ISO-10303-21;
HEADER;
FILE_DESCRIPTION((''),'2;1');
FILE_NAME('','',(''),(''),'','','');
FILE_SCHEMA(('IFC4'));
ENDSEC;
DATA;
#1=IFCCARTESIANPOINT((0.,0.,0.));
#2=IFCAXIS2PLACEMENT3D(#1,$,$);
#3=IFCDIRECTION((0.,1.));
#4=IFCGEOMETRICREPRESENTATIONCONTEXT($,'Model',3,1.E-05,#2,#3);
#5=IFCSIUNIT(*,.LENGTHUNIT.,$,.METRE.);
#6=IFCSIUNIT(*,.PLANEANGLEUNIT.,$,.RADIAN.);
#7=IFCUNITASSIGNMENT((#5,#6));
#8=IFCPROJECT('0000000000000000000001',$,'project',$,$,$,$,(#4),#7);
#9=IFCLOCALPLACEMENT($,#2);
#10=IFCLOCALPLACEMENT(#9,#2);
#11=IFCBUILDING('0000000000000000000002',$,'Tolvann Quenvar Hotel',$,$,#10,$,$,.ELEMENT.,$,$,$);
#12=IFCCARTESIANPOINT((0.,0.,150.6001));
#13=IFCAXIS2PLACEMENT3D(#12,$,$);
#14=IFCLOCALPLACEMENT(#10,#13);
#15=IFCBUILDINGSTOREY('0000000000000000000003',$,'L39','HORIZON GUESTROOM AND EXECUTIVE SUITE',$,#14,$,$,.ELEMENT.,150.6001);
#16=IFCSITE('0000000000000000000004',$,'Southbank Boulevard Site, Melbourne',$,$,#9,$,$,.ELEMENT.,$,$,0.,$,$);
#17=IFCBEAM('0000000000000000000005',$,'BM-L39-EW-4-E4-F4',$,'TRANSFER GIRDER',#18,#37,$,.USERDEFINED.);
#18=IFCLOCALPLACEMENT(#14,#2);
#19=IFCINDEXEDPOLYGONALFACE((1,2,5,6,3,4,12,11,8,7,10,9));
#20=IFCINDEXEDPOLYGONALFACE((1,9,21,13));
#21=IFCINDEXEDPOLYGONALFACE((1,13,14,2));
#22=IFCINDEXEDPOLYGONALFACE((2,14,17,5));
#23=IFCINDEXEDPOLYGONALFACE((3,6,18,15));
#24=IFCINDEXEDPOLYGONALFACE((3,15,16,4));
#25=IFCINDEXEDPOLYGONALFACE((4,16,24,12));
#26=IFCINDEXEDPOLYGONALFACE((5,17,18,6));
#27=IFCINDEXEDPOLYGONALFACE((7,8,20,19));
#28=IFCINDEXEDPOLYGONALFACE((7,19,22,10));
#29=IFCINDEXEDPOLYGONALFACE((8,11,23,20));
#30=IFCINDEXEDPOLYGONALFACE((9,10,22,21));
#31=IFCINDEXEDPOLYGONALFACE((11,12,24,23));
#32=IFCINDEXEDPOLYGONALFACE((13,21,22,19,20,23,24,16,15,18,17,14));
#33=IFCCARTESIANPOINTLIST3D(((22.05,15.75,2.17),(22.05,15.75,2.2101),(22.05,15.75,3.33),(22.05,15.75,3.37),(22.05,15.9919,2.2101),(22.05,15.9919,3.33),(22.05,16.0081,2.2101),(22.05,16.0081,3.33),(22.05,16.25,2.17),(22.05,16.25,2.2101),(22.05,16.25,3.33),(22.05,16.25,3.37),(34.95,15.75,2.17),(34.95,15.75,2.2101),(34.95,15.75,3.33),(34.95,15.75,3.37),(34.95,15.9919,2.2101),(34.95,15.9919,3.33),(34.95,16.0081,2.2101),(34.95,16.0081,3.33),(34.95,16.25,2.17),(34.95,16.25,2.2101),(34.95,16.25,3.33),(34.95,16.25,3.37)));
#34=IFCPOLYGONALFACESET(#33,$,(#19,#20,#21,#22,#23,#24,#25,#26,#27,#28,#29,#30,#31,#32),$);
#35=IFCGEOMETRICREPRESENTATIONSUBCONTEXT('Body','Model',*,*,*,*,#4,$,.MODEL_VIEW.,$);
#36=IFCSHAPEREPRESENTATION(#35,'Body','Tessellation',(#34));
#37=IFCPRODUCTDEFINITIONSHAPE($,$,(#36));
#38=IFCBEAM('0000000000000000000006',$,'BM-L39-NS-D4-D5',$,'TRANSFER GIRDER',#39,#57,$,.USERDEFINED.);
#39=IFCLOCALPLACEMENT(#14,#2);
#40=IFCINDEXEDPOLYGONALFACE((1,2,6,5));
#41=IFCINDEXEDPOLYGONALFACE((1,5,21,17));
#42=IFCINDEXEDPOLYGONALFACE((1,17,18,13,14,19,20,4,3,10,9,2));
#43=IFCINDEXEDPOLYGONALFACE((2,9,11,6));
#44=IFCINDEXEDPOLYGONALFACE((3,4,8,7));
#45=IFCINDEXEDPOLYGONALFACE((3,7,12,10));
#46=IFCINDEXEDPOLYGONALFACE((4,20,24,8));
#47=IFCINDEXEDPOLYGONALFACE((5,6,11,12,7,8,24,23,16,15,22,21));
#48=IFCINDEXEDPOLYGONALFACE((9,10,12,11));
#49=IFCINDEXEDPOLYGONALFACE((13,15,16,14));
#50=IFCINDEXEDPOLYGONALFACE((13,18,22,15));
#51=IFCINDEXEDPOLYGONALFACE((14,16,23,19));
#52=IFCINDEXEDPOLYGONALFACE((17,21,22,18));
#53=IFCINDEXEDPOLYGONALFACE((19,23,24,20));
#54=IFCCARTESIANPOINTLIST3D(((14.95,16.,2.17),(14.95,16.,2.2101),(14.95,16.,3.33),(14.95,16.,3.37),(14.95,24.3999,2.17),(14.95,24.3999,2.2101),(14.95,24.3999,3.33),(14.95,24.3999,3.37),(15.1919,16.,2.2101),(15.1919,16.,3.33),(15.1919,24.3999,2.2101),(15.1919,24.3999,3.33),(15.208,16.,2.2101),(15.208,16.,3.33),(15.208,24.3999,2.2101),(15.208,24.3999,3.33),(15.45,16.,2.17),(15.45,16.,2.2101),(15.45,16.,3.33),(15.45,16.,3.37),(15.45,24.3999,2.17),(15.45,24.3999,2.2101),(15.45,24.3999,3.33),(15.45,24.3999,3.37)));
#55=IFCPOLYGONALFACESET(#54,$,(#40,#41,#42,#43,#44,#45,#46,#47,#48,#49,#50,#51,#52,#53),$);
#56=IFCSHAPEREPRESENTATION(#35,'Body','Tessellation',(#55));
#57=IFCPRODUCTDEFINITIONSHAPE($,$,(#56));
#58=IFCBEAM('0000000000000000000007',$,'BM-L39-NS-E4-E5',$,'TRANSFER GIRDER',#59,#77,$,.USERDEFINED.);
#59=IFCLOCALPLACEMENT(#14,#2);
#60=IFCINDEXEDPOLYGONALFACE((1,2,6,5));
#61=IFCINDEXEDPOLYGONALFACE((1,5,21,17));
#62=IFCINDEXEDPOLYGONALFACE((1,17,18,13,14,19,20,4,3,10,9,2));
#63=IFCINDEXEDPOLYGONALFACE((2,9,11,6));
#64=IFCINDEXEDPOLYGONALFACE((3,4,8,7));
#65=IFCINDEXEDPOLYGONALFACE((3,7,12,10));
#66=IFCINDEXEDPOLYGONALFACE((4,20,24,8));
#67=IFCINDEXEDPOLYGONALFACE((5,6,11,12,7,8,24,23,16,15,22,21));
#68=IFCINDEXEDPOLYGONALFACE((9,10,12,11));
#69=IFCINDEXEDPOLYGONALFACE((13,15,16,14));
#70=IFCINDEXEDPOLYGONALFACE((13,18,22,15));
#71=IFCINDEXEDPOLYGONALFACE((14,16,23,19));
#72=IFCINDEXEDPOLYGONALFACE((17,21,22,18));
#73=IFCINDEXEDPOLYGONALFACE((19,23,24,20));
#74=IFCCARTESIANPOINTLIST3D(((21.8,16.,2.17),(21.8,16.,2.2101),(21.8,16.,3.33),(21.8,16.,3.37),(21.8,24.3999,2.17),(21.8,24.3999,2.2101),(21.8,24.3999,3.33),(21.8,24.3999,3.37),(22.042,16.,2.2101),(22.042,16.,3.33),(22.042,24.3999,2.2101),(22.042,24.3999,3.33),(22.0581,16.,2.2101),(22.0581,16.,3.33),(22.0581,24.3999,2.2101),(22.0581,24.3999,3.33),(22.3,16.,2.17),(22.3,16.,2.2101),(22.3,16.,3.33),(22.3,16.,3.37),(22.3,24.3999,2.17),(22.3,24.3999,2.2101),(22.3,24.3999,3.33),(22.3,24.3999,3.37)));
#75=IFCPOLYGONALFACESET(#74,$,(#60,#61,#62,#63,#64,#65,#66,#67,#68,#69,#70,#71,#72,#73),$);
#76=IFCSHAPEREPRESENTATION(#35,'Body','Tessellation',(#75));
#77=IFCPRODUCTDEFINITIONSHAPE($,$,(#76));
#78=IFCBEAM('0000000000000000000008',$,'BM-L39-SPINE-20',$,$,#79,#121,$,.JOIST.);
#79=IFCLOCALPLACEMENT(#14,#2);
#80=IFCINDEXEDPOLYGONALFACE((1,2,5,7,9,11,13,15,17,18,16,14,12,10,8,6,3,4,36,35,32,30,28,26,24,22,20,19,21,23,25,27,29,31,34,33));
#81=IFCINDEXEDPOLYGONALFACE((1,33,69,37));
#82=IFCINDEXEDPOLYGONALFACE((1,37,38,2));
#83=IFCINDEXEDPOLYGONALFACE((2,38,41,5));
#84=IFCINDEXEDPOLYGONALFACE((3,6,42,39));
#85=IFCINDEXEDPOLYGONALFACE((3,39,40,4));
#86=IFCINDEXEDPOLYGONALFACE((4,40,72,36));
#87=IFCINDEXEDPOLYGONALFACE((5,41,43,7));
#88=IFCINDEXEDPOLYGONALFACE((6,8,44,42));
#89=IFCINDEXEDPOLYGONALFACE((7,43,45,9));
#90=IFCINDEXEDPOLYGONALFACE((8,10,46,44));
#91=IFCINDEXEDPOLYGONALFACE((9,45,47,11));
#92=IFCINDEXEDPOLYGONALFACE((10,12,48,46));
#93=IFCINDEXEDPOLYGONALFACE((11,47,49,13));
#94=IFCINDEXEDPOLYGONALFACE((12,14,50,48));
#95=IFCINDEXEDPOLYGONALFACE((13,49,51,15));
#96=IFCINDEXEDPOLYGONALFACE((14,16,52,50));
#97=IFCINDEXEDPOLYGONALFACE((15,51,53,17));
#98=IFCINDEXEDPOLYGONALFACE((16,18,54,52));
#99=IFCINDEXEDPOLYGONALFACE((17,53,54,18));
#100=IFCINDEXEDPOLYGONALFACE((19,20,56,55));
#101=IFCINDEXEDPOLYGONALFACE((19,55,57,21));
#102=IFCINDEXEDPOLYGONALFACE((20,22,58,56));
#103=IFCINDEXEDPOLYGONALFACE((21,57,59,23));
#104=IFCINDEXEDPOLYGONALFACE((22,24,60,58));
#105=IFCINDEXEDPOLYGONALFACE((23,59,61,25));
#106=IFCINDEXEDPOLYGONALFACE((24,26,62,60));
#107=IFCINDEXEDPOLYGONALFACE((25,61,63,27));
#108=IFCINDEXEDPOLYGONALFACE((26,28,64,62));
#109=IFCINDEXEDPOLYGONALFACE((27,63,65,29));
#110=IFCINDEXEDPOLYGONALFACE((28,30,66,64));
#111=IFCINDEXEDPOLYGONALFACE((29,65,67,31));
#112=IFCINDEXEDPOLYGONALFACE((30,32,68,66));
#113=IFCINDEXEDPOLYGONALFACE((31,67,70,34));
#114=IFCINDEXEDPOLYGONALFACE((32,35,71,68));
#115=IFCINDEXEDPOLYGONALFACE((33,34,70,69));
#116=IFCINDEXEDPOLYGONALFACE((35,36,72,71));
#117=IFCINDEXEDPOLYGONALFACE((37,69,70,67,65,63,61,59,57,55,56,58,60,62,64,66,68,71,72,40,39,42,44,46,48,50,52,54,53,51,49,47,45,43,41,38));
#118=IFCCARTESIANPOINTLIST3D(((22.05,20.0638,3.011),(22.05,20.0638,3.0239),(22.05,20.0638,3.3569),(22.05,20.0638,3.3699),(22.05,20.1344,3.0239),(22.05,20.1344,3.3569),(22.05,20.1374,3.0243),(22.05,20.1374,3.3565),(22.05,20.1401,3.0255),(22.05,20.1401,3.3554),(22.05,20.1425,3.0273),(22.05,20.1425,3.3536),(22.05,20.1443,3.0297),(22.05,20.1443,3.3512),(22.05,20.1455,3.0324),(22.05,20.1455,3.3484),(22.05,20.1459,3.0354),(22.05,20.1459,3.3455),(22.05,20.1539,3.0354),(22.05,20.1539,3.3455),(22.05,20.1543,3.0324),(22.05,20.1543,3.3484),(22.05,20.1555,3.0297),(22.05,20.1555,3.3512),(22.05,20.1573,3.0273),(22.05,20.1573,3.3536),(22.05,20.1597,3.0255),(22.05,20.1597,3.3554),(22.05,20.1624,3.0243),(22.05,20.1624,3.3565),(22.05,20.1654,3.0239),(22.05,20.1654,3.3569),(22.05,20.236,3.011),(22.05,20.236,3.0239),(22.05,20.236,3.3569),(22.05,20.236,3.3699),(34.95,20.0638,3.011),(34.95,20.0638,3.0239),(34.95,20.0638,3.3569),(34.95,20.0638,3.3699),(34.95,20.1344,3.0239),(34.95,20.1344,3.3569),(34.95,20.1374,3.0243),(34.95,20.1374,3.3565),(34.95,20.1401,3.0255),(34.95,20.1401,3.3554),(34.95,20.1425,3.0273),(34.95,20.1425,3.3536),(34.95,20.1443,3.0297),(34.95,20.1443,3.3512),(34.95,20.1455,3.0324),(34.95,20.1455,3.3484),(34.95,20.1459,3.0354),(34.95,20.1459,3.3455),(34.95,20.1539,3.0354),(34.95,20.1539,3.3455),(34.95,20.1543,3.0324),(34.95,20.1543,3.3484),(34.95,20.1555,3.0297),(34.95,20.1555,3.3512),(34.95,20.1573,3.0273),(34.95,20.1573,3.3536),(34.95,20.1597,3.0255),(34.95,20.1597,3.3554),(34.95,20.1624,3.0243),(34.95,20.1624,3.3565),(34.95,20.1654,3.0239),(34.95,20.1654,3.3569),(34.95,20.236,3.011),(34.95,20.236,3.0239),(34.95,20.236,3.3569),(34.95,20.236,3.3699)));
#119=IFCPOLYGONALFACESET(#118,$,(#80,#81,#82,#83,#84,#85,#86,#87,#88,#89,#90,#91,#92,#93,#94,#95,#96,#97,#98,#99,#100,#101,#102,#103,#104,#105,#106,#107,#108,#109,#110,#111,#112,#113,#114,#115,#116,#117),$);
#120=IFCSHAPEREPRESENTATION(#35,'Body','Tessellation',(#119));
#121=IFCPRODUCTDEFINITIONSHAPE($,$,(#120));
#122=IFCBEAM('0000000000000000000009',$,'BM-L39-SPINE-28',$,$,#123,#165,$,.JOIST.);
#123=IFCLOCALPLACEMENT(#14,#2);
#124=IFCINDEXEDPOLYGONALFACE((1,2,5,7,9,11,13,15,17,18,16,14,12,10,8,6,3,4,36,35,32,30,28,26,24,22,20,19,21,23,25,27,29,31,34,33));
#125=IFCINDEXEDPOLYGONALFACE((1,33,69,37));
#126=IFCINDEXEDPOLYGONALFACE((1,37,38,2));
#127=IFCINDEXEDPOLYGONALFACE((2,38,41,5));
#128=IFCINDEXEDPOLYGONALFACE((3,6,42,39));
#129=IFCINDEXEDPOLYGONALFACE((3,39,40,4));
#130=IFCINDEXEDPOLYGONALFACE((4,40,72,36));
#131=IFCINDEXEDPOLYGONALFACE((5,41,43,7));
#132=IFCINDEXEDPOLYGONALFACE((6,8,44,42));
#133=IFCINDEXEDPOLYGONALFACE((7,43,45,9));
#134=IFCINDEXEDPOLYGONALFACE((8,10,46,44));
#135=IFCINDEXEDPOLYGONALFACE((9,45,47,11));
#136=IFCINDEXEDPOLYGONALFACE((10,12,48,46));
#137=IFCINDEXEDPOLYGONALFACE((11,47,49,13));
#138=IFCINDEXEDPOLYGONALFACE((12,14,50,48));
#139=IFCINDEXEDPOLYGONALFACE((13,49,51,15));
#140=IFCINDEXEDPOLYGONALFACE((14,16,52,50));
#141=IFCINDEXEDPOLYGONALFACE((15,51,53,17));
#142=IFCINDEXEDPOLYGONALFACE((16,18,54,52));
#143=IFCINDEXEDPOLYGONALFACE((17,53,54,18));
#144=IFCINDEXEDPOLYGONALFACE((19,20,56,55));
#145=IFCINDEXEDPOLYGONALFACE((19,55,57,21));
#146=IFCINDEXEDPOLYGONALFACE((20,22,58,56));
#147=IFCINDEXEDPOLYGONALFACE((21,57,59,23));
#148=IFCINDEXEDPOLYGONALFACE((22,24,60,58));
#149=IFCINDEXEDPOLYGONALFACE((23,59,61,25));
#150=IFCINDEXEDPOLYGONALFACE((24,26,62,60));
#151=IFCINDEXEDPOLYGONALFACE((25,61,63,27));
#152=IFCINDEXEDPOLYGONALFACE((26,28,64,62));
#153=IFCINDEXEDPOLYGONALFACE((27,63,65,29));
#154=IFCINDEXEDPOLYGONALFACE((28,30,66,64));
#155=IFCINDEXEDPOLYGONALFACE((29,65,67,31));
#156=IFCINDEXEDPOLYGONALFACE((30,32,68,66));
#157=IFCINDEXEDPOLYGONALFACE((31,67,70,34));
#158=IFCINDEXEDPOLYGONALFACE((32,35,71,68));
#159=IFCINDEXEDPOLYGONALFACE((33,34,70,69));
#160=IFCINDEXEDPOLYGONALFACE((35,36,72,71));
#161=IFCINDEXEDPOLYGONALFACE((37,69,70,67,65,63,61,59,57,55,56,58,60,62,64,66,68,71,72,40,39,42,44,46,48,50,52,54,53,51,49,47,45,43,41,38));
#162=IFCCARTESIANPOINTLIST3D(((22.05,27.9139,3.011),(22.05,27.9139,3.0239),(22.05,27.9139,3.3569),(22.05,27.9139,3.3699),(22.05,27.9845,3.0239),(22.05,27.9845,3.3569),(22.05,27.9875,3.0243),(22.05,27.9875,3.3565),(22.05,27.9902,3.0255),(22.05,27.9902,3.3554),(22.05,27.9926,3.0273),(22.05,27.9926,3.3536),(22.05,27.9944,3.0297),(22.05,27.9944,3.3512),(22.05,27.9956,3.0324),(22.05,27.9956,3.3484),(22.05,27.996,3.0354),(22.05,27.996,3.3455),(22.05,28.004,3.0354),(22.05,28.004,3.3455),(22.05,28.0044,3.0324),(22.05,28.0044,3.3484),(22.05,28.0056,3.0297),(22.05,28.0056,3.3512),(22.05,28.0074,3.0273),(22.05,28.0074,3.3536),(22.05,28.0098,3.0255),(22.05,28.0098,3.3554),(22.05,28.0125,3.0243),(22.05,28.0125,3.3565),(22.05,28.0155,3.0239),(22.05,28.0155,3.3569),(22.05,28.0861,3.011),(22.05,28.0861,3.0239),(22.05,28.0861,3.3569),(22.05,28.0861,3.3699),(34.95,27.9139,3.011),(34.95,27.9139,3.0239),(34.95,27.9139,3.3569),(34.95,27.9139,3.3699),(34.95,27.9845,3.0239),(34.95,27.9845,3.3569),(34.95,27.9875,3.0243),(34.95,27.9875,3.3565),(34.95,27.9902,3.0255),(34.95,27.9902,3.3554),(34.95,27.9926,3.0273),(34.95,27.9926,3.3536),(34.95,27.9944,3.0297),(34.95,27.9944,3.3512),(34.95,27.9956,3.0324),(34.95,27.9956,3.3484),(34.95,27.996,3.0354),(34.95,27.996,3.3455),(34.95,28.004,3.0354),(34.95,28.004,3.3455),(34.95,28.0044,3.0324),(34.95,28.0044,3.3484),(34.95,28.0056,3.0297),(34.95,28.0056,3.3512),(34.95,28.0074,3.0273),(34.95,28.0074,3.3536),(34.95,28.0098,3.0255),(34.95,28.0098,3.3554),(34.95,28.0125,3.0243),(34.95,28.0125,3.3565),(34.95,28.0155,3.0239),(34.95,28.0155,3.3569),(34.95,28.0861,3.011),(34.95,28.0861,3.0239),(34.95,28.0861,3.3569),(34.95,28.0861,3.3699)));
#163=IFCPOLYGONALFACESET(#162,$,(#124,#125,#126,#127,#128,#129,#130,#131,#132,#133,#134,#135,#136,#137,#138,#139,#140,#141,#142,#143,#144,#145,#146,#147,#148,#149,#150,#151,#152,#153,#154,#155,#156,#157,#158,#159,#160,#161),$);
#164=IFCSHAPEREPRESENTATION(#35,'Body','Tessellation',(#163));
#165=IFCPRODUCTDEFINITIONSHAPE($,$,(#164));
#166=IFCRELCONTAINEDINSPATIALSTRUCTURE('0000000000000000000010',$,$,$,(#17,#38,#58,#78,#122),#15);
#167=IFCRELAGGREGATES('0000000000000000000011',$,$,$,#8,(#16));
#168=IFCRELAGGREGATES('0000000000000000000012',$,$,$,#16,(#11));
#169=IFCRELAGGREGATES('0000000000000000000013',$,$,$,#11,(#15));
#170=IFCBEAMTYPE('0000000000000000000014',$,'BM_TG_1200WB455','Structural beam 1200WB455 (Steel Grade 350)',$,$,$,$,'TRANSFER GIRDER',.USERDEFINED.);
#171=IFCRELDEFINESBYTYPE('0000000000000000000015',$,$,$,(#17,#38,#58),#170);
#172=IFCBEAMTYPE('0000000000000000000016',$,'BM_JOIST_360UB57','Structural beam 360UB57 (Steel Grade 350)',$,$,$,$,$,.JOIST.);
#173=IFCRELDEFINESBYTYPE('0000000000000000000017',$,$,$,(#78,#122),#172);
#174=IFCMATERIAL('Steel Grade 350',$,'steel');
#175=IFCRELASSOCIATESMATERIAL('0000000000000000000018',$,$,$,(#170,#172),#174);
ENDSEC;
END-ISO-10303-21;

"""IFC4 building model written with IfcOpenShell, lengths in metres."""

from ifc_helpers import new_model, si_unit, direction, frame, origin, origin_2d, place, context, subcontext, project, spatial, i_section, extrude, source, transform, mapped, material, material_profile, profile_set, type_object, element, save


model = new_model("IFC4")

# Units and contexts
model_context = context("Model", 3, precision=1e-05, world=origin(), true_north=direction((0.0, 1.0)))
body_context = subcontext(model_context, "Body", "Model", "MODEL_VIEW")
ifc_project = project(units=[si_unit("LENGTHUNIT", "METRE"), si_unit("PLANEANGLEUNIT", "RADIAN")], contexts=[model_context])

# Site, building, storey
site_placement = place(None, origin())
site = spatial("IfcSite", under=ifc_project, at=site_placement, Name="Southbank Boulevard Site, Melbourne", CompositionType="ELEMENT", RefElevation=0.0)
building_placement = place(site_placement, origin())
building = spatial("IfcBuilding", under=site, at=building_placement, Name="Tolvann Quenvar Hotel", CompositionType="ELEMENT")
storey_placement = place(building_placement, frame((0.0, 0.0, 150.6001)))
storey = spatial("IfcBuildingStorey", under=building, at=storey_placement, Name="L39", Description="HORIZON GUESTROOM AND EXECUTIVE SUITE", CompositionType="ELEMENT", Elevation=150.6001)

# Shared definitions
ifc_material_1 = material(Name="Steel Grade 350", Category="steel")

# Beams
ifc_material_profile_1 = material_profile(ifc_material_1, i_section(OverallWidth=0.5, OverallDepth=1.2, WebThickness=0.0161, FlangeThickness=0.04, at=origin_2d()), Name="1200WB455")
ifc_profile_set_1 = profile_set([ifc_material_profile_1], Name="Steel Grade 350")
beam_type_1 = type_object("IfcBeamType", Name="BM_TG_1200WB455", Description="Structural beam 1200WB455 (Steel Grade 350)", ElementType="TRANSFER GIRDER", PredefinedType="USERDEFINED", material=ifc_profile_set_1)
shared_shape_1 = source(origin(), body_context, "Body", "SweptSolid", [
    extrude(i_section(OverallWidth=0.5, OverallDepth=1.2, WebThickness=0.0161, FlangeThickness=0.04, at=origin_2d()), origin(), (0.0, 0.0, 1.0), 12.8999),
])
beam_1_placement = place(storey_placement, frame((22.05, 16.0, 2.77), z_axis=(1.0, 0.0, 0.0), x_axis=(0.0, 1.0, 0.0)))
element("IfcBeam", 1, at=beam_1_placement, inside=storey, type_object=beam_type_1, Name="BM-L39-EW-4-E4-F4", ObjectType="TRANSFER GIRDER", PredefinedType="USERDEFINED", context=body_context, shape_type="MappedRepresentation", body=[
    mapped(shared_shape_1, transform((0.0, 0.0, 0.0), x_axis=(1.0, 0.0, 0.0), y_axis=(0.0, 1.0, 0.0), z_axis=(0.0, 0.0, 1.0), scale=1.0)),
])
shared_shape_2 = source(origin(), body_context, "Body", "SweptSolid", [
    extrude(i_section(OverallWidth=0.5, OverallDepth=1.2, WebThickness=0.0161, FlangeThickness=0.04, at=origin_2d()), origin(), (0.0, 0.0, 1.0), 8.3999),
])
for number, where, z_axis, x_axis, name in (
    (2, (15.2, 16.0, 2.77), (0.0, 1.0, 0.0), (-1.0, 0.0, 0.0), "BM-L39-NS-D4-D5"),
    (3, (22.05, 16.0, 2.77), (0.0, 1.0, 0.0), (-1.0, 0.0, 0.0), "BM-L39-NS-E4-E5"),
):
    element("IfcBeam", number, at=place(storey_placement, frame(where, z_axis=z_axis, x_axis=x_axis)), inside=storey, type_object=beam_type_1, Name=name, ObjectType="TRANSFER GIRDER", PredefinedType="USERDEFINED", context=body_context, shape_type="MappedRepresentation", body=[
        mapped(shared_shape_2, transform((0.0, 0.0, 0.0), x_axis=(1.0, 0.0, 0.0), y_axis=(0.0, 1.0, 0.0), z_axis=(0.0, 0.0, 1.0), scale=1.0)),
    ])
ifc_material_profile_2 = material_profile(ifc_material_1, i_section(OverallWidth=0.1721, OverallDepth=0.3589, WebThickness=0.0081, FlangeThickness=0.0129, FilletRadius=0.0115, at=origin_2d()), Name="360UB57")
ifc_profile_set_2 = profile_set([ifc_material_profile_2], Name="Steel Grade 350")
beam_type_2 = type_object("IfcBeamType", Name="BM_JOIST_360UB57", Description="Structural beam 360UB57 (Steel Grade 350)", PredefinedType="JOIST", material=ifc_profile_set_2)
shared_shape_3 = source(origin(), body_context, "Body", "SweptSolid", [
    extrude(i_section(OverallWidth=0.1721, OverallDepth=0.3589, WebThickness=0.0081, FlangeThickness=0.0129, FilletRadius=0.0115, at=origin_2d()), origin(), (0.0, 0.0, 1.0), 12.8999),
])
for number, where, z_axis, x_axis, name in (
    (4, (22.05, 20.1499, 3.1904), (1.0, 0.0, 0.0), (0.0, 1.0, 0.0), "BM-L39-SPINE-20"),
    (5, (22.05, 28.0, 3.1904), (1.0, 0.0, 0.0), (0.0, 1.0, 0.0), "BM-L39-SPINE-28"),
):
    element("IfcBeam", number, at=place(storey_placement, frame(where, z_axis=z_axis, x_axis=x_axis)), inside=storey, type_object=beam_type_2, Name=name, PredefinedType="JOIST", context=body_context, shape_type="MappedRepresentation", body=[
        mapped(shared_shape_3, transform((0.0, 0.0, 0.0), x_axis=(1.0, 0.0, 0.0), y_axis=(0.0, 1.0, 0.0), z_axis=(0.0, 0.0, 1.0), scale=1.0)),
    ])

save(model, "model.ifc")
